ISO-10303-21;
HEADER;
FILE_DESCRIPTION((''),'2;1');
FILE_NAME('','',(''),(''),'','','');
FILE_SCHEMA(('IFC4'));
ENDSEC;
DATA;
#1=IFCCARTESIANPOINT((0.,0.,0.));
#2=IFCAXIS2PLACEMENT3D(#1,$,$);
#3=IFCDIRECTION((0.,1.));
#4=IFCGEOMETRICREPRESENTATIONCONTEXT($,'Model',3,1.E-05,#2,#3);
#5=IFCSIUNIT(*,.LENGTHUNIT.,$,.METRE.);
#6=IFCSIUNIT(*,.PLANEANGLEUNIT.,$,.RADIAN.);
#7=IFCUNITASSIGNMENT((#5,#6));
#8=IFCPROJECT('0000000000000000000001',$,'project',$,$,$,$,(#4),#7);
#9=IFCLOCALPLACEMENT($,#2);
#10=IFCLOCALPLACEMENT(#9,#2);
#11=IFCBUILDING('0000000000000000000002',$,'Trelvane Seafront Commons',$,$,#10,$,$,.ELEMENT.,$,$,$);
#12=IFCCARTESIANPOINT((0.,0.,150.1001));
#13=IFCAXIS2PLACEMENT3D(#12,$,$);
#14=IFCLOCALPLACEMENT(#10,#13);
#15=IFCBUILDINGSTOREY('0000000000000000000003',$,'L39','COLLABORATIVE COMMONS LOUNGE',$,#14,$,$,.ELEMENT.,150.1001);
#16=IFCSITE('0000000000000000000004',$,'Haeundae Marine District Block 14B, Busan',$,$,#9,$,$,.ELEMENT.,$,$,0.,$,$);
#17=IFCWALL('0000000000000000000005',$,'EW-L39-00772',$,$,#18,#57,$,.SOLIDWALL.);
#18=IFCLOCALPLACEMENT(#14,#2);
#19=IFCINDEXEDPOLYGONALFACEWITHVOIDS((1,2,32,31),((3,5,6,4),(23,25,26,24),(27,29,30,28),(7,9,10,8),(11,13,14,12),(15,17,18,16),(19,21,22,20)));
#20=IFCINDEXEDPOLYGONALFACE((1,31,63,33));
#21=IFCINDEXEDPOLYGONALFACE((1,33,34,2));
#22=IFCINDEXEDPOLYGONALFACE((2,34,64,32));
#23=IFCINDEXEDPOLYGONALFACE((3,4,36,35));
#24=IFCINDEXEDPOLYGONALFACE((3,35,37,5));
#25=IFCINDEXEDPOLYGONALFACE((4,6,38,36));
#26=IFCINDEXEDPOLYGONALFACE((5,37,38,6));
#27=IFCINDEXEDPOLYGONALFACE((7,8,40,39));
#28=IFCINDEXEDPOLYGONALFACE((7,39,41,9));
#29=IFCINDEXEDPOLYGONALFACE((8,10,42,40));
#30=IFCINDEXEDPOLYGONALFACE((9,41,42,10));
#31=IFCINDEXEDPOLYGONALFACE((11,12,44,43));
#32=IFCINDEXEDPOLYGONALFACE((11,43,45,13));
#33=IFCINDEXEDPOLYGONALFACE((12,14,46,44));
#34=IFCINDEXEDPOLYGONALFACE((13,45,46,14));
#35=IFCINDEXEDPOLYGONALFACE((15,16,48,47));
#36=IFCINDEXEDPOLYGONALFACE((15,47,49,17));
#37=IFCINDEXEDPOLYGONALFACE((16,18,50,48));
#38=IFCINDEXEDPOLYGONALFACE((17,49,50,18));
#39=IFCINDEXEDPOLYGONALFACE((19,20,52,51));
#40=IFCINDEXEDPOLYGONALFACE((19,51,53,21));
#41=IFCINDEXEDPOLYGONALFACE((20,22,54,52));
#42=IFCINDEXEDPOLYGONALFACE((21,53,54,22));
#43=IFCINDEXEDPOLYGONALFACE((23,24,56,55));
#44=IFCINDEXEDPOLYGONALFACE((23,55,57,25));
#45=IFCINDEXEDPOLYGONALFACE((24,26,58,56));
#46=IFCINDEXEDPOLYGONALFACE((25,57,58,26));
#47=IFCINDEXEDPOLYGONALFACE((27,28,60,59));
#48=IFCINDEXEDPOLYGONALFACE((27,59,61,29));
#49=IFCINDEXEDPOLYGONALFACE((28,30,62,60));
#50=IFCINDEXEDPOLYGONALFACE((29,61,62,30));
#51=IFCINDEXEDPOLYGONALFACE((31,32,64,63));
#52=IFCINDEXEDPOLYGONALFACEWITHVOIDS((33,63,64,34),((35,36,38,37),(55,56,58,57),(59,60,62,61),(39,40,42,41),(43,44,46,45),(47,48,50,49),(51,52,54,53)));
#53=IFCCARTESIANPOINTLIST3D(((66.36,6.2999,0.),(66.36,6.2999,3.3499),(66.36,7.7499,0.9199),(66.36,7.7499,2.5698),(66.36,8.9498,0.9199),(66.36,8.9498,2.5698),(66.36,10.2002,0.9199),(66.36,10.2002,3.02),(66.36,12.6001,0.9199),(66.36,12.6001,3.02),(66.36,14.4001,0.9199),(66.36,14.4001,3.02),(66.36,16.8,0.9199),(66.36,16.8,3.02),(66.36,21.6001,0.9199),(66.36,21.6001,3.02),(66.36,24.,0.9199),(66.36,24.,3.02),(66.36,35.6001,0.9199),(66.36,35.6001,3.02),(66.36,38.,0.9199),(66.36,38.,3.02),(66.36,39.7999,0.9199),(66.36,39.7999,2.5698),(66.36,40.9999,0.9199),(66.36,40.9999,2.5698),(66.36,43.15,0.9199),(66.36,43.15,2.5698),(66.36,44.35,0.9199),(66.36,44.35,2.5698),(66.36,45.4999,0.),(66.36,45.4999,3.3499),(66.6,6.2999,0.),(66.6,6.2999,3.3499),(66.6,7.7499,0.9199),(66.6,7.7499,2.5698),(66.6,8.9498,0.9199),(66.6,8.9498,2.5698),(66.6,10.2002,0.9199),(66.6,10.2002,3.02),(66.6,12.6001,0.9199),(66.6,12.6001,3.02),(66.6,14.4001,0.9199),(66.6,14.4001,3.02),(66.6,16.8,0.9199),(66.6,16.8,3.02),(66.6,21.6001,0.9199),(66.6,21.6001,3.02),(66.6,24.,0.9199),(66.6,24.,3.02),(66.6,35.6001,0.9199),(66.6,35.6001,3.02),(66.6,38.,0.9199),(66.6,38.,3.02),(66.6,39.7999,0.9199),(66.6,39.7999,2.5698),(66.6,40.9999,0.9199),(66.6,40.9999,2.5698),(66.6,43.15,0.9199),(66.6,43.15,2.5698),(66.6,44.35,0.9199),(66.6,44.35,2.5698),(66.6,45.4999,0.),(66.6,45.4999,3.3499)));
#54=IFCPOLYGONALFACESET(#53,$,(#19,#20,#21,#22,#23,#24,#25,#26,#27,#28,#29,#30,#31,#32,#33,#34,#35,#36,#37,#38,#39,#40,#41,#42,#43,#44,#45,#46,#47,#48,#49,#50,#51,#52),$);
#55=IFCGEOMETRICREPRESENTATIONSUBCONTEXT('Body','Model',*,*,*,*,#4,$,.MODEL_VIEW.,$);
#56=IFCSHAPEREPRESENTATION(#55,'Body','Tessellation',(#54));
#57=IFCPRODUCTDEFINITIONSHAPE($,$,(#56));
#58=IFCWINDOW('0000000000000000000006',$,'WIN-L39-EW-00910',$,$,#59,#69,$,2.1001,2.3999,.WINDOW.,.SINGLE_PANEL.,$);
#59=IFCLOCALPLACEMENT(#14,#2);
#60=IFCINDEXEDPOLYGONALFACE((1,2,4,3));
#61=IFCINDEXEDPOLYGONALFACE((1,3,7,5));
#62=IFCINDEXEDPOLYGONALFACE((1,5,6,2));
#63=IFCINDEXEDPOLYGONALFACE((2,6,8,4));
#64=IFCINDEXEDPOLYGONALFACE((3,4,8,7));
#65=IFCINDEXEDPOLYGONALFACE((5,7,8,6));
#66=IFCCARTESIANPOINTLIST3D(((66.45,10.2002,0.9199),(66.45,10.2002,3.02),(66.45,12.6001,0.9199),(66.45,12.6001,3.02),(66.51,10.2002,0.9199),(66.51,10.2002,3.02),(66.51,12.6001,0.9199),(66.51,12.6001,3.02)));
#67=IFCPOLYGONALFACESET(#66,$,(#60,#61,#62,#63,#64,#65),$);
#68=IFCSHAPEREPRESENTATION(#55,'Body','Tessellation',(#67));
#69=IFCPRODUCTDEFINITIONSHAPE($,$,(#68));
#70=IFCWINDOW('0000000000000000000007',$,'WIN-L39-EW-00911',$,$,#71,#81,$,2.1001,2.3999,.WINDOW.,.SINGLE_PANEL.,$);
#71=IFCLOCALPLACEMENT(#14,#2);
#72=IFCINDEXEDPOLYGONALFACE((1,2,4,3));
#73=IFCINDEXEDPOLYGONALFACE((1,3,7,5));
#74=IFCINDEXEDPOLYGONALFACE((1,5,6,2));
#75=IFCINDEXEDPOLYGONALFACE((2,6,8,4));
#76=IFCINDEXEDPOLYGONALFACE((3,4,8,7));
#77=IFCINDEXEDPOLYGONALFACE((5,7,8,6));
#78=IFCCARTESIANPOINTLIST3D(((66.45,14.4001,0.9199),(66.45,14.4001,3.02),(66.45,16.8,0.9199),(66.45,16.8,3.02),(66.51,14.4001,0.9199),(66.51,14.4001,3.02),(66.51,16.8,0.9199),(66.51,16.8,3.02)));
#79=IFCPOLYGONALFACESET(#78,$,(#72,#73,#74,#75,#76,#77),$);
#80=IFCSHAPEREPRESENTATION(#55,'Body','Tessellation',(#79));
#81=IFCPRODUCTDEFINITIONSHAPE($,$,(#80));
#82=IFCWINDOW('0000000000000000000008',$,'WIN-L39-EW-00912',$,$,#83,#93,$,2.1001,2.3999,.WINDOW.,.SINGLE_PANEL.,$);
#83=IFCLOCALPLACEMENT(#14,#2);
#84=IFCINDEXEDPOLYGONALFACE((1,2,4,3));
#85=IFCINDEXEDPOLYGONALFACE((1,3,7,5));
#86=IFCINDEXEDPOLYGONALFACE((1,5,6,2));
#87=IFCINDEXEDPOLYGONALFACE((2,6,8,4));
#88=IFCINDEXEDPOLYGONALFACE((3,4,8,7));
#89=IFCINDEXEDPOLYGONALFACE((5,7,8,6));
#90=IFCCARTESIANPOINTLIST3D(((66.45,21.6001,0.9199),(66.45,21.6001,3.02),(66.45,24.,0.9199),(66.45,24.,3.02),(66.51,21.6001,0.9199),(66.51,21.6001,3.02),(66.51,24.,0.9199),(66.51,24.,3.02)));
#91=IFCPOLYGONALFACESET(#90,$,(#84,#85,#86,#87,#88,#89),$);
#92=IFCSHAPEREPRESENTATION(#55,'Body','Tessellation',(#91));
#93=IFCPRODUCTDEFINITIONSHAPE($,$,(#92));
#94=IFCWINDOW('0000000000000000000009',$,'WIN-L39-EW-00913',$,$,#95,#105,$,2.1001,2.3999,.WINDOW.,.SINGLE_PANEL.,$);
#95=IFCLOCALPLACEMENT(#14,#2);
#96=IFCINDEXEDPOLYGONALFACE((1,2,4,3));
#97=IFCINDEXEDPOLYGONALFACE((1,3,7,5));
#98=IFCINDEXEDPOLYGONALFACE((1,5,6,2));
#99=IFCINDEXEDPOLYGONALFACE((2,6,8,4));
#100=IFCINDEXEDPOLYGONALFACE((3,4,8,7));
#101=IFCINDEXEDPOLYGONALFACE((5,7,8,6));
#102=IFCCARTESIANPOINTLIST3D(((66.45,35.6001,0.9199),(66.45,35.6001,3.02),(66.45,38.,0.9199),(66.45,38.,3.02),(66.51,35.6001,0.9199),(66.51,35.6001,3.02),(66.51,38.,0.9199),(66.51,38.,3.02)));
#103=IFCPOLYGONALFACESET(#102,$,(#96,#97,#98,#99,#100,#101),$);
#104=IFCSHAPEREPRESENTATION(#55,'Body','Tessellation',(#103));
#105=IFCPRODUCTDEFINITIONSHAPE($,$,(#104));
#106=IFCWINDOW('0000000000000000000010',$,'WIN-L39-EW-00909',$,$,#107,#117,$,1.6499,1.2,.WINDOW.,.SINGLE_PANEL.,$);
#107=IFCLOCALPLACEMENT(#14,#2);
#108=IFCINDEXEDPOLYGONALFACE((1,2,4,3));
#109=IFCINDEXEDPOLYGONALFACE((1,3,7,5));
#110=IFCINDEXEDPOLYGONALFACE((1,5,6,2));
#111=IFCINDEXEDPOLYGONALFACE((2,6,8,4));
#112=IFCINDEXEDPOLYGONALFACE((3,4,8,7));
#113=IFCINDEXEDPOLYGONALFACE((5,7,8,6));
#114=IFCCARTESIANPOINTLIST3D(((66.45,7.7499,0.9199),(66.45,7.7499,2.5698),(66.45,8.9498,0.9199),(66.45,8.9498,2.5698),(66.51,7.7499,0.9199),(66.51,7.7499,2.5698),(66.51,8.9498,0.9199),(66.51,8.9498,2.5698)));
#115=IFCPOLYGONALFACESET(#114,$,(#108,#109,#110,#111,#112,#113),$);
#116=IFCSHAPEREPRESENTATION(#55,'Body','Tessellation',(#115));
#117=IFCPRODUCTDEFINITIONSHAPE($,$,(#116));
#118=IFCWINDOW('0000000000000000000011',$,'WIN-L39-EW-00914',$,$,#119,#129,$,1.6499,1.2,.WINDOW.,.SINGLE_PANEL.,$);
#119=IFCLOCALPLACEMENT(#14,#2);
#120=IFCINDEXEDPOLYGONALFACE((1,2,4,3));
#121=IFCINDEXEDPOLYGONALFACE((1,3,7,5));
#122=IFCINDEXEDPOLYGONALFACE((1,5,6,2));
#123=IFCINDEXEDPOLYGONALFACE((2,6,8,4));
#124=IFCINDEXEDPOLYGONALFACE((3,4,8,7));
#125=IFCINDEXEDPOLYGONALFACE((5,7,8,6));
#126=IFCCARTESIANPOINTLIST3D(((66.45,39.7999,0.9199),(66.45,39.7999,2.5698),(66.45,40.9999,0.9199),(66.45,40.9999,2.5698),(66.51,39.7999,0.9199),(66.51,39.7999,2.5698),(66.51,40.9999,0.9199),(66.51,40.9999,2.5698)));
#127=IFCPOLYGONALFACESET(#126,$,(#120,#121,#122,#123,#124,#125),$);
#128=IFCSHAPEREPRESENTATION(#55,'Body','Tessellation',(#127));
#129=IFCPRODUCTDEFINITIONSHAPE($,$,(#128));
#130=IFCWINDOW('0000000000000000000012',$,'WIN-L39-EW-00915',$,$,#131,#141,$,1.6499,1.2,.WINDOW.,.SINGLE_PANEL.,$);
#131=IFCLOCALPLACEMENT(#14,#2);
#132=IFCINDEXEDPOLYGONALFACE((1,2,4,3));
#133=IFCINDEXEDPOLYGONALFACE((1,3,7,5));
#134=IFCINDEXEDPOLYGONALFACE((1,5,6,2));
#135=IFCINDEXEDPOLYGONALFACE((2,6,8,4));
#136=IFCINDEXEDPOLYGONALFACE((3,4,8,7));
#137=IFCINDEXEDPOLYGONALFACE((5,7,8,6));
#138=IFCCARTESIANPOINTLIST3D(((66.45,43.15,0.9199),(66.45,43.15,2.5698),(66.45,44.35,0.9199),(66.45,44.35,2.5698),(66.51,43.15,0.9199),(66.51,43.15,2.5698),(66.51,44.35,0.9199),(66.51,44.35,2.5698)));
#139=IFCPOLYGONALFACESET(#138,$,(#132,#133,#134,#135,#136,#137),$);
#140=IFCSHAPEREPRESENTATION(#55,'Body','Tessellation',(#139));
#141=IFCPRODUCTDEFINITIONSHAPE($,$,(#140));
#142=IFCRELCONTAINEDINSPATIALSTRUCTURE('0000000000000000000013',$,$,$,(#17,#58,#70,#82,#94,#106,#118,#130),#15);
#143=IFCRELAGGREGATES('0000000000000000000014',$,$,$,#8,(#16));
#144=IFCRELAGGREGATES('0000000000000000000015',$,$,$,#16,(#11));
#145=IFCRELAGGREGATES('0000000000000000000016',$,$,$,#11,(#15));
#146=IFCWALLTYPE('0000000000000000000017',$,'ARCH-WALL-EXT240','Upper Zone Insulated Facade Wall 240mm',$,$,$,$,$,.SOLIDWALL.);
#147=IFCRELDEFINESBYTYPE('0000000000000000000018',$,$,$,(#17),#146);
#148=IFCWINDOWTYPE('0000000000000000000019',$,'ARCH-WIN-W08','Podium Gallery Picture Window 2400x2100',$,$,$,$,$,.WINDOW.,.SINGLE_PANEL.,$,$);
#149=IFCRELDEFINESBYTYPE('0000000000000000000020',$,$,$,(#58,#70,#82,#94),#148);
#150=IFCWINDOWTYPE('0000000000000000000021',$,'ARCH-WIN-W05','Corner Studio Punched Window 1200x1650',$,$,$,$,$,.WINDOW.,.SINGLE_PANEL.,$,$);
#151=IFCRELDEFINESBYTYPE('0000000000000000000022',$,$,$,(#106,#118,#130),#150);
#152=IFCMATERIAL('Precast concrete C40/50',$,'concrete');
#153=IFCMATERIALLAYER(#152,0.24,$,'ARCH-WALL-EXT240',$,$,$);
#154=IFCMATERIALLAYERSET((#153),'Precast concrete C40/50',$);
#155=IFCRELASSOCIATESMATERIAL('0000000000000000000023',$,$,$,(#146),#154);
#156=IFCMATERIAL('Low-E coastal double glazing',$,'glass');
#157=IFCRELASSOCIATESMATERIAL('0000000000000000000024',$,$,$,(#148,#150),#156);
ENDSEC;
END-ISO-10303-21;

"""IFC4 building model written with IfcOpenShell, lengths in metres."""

from ifc_helpers import new_model, si_unit, direction, frame, frame_2d, origin, place, context, subcontext, project, spatial, rectangle, extrude, source, transform, mapped, material, layer, layer_set, type_object, element, fill, save


model = new_model("IFC4")

# Units and contexts
model_context = context("Model", 3, precision=1e-05, world=origin(), true_north=direction((0.0, 1.0)))
body_context = subcontext(model_context, "Body", "Model", "MODEL_VIEW")
ifc_project = project(units=[si_unit("LENGTHUNIT", "METRE"), si_unit("PLANEANGLEUNIT", "RADIAN")], contexts=[model_context])

# Site, building, storey
site_placement = place(None, origin())
site = spatial("IfcSite", under=ifc_project, at=site_placement, Name="Haeundae Marine District Block 14B, Busan", CompositionType="ELEMENT", RefElevation=0.0)
building_placement = place(site_placement, origin())
building = spatial("IfcBuilding", under=site, at=building_placement, Name="Trelvane Seafront Commons", CompositionType="ELEMENT")
storey_placement = place(building_placement, frame((0.0, 0.0, 150.1001)))
storey = spatial("IfcBuildingStorey", under=building, at=storey_placement, Name="L39", Description="COLLABORATIVE COMMONS LOUNGE", CompositionType="ELEMENT", Elevation=150.1001)

# Shared definitions
ifc_material_1 = material(Name="Low-E coastal double glazing", Category="glass")

# Shared definitions
ifc_material_2 = material(Name="Precast concrete C40/50", Category="concrete")
ifc_layer_1 = layer(ifc_material_2, 0.24, Name="ARCH-WALL-EXT240")
ifc_layer_set_1 = layer_set([ifc_layer_1], Name="Precast concrete C40/50")
wall_type_1 = type_object("IfcWallType", Name="ARCH-WALL-EXT240", Description="Upper Zone Insulated Facade Wall 240mm", PredefinedType="SOLIDWALL", material=ifc_layer_set_1)

# Wall, openings, windows
wall_1_placement = place(storey_placement, frame((66.48, 45.5, 0.0), z_axis=(0.0, 0.0, 1.0), x_axis=(0.0, -1.0, 0.0)))
wall_1 = element("IfcWall", 1, at=wall_1_placement, inside=storey, type_object=wall_type_1, Name="EW-L39-00772", PredefinedType="SOLIDWALL", context=body_context, shape_type="SweptSolid", body=[
    extrude(rectangle(XDim=39.2, YDim=0.24, at=frame_2d((19.6001, 0.0))), origin(), (0.0, 0.0, 1.0), 3.3499),
])
opening_1_placement = place(wall_1_placement, frame((36.55, 0.0, 0.9199)))
opening_1 = element("IfcOpeningElement", 2, at=opening_1_placement, cuts=wall_1, PredefinedType="OPENING", context=body_context, shape_type="SweptSolid", body=[
    extrude(rectangle(XDim=1.2, YDim=1.6499, at=frame_2d((0.6001, 0.825))), frame((0.0, 0.1299, 0.0), z_axis=(0.0, -1.0, 0.0), x_axis=(1.0, 0.0, 0.0)), (0.0, 0.0, 1.0), 0.26),
])
opening_2_placement = place(wall_1_placement, frame((32.8999, 0.0, 0.9199)))
opening_2 = element("IfcOpeningElement", 3, at=opening_2_placement, cuts=wall_1, PredefinedType="OPENING", context=body_context, shape_type="SweptSolid", body=[
    extrude(rectangle(XDim=2.3999, YDim=2.1001, at=frame_2d((1.2, 1.05))), frame((0.0, 0.1299, 0.0), z_axis=(0.0, -1.0, 0.0), x_axis=(1.0, 0.0, 0.0)), (0.0, 0.0, 1.0), 0.26),
])
opening_3_placement = place(wall_1_placement, frame((28.7, 0.0, 0.9199)))
opening_3 = element("IfcOpeningElement", 4, at=opening_3_placement, cuts=wall_1, PredefinedType="OPENING", context=body_context, shape_type="SweptSolid", body=[
    extrude(rectangle(XDim=2.3999, YDim=2.1001, at=frame_2d((1.2, 1.05))), frame((0.0, 0.1299, 0.0), z_axis=(0.0, -1.0, 0.0), x_axis=(1.0, 0.0, 0.0)), (0.0, 0.0, 1.0), 0.26),
])
opening_4_placement = place(wall_1_placement, frame((21.5, 0.0, 0.9199)))
opening_4 = element("IfcOpeningElement", 5, at=opening_4_placement, cuts=wall_1, PredefinedType="OPENING", context=body_context, shape_type="SweptSolid", body=[
    extrude(rectangle(XDim=2.3999, YDim=2.1001, at=frame_2d((1.2, 1.05))), frame((0.0, 0.1299, 0.0), z_axis=(0.0, -1.0, 0.0), x_axis=(1.0, 0.0, 0.0)), (0.0, 0.0, 1.0), 0.26),
])
opening_5_placement = place(wall_1_placement, frame((7.5, 0.0, 0.9199)))
opening_5 = element("IfcOpeningElement", 6, at=opening_5_placement, cuts=wall_1, PredefinedType="OPENING", context=body_context, shape_type="SweptSolid", body=[
    extrude(rectangle(XDim=2.3999, YDim=2.1001, at=frame_2d((1.2, 1.05))), frame((0.0, 0.1299, 0.0), z_axis=(0.0, -1.0, 0.0), x_axis=(1.0, 0.0, 0.0)), (0.0, 0.0, 1.0), 0.26),
])
opening_6_placement = place(wall_1_placement, frame((4.5, 0.0, 0.9199)))
opening_6 = element("IfcOpeningElement", 7, at=opening_6_placement, cuts=wall_1, PredefinedType="OPENING", context=body_context, shape_type="SweptSolid", body=[
    extrude(rectangle(XDim=1.2, YDim=1.6499, at=frame_2d((0.6001, 0.825))), frame((0.0, 0.1299, 0.0), z_axis=(0.0, -1.0, 0.0), x_axis=(1.0, 0.0, 0.0)), (0.0, 0.0, 1.0), 0.26),
])
opening_7_placement = place(wall_1_placement, frame((1.1499, 0.0, 0.9199)))
opening_7 = element("IfcOpeningElement", 8, at=opening_7_placement, cuts=wall_1, PredefinedType="OPENING", context=body_context, shape_type="SweptSolid", body=[
    extrude(rectangle(XDim=1.2, YDim=1.6499, at=frame_2d((0.6001, 0.825))), frame((0.0, 0.1299, 0.0), z_axis=(0.0, -1.0, 0.0), x_axis=(1.0, 0.0, 0.0)), (0.0, 0.0, 1.0), 0.26),
])
window_type_1 = type_object("IfcWindowType", Name="ARCH-WIN-W08", Description="Podium Gallery Picture Window 2400x2100", PartitioningType="SINGLE_PANEL", PredefinedType="WINDOW", material=ifc_material_1)
shared_shape_1 = source(origin(), body_context, "Body", "SweptSolid", [
    extrude(rectangle(XDim=2.3999, YDim=2.1001, at=frame_2d((1.2, 1.05))), frame((0.0, 0.03, 0.0), z_axis=(0.0, -1.0, 0.0), x_axis=(1.0, 0.0, 0.0)), (0.0, 0.0, 1.0), 0.0601),
])
window_1_placement = place(opening_2_placement, origin())
window_1 = element("IfcWindow", 9, at=window_1_placement, inside=storey, type_object=window_type_1, Name="WIN-L39-EW-00910", OverallHeight=2.1001, OverallWidth=2.3999, PartitioningType="SINGLE_PANEL", PredefinedType="WINDOW", context=body_context, shape_type="MappedRepresentation", body=[
    mapped(shared_shape_1, transform((0.0, 0.0, 0.0), x_axis=(1.0, 0.0, 0.0), y_axis=(0.0, 1.0, 0.0), z_axis=(0.0, 0.0, 1.0), scale=1.0)),
])
fill(opening_2, window_1)
window_2_placement = place(opening_3_placement, origin())
window_2 = element("IfcWindow", 10, at=window_2_placement, inside=storey, type_object=window_type_1, Name="WIN-L39-EW-00911", OverallHeight=2.1001, OverallWidth=2.3999, PartitioningType="SINGLE_PANEL", PredefinedType="WINDOW", context=body_context, shape_type="MappedRepresentation", body=[
    mapped(shared_shape_1, transform((0.0, 0.0, 0.0), x_axis=(1.0, 0.0, 0.0), y_axis=(0.0, 1.0, 0.0), z_axis=(0.0, 0.0, 1.0), scale=1.0)),
])
fill(opening_3, window_2)
window_3_placement = place(opening_4_placement, origin())
window_3 = element("IfcWindow", 11, at=window_3_placement, inside=storey, type_object=window_type_1, Name="WIN-L39-EW-00912", OverallHeight=2.1001, OverallWidth=2.3999, PartitioningType="SINGLE_PANEL", PredefinedType="WINDOW", context=body_context, shape_type="MappedRepresentation", body=[
    mapped(shared_shape_1, transform((0.0, 0.0, 0.0), x_axis=(1.0, 0.0, 0.0), y_axis=(0.0, 1.0, 0.0), z_axis=(0.0, 0.0, 1.0), scale=1.0)),
])
fill(opening_4, window_3)
window_4_placement = place(opening_5_placement, origin())
window_4 = element("IfcWindow", 12, at=window_4_placement, inside=storey, type_object=window_type_1, Name="WIN-L39-EW-00913", OverallHeight=2.1001, OverallWidth=2.3999, PartitioningType="SINGLE_PANEL", PredefinedType="WINDOW", context=body_context, shape_type="MappedRepresentation", body=[
    mapped(shared_shape_1, transform((0.0, 0.0, 0.0), x_axis=(1.0, 0.0, 0.0), y_axis=(0.0, 1.0, 0.0), z_axis=(0.0, 0.0, 1.0), scale=1.0)),
])
fill(opening_5, window_4)
window_type_2 = type_object("IfcWindowType", Name="ARCH-WIN-W05", Description="Corner Studio Punched Window 1200x1650", PartitioningType="SINGLE_PANEL", PredefinedType="WINDOW", material=ifc_material_1)
shared_shape_2 = source(origin(), body_context, "Body", "SweptSolid", [
    extrude(rectangle(XDim=1.2, YDim=1.6499, at=frame_2d((0.6001, 0.825))), frame((0.0, 0.03, 0.0), z_axis=(0.0, -1.0, 0.0), x_axis=(1.0, 0.0, 0.0)), (0.0, 0.0, 1.0), 0.0601),
])
window_5_placement = place(opening_1_placement, origin())
window_5 = element("IfcWindow", 13, at=window_5_placement, inside=storey, type_object=window_type_2, Name="WIN-L39-EW-00909", OverallHeight=1.6499, OverallWidth=1.2, PartitioningType="SINGLE_PANEL", PredefinedType="WINDOW", context=body_context, shape_type="MappedRepresentation", body=[
    mapped(shared_shape_2, transform((0.0, 0.0, 0.0), x_axis=(1.0, 0.0, 0.0), y_axis=(0.0, 1.0, 0.0), z_axis=(0.0, 0.0, 1.0), scale=1.0)),
])
fill(opening_1, window_5)
window_6_placement = place(opening_6_placement, origin())
window_6 = element("IfcWindow", 14, at=window_6_placement, inside=storey, type_object=window_type_2, Name="WIN-L39-EW-00914", OverallHeight=1.6499, OverallWidth=1.2, PartitioningType="SINGLE_PANEL", PredefinedType="WINDOW", context=body_context, shape_type="MappedRepresentation", body=[
    mapped(shared_shape_2, transform((0.0, 0.0, 0.0), x_axis=(1.0, 0.0, 0.0), y_axis=(0.0, 1.0, 0.0), z_axis=(0.0, 0.0, 1.0), scale=1.0)),
])
fill(opening_6, window_6)
window_7_placement = place(opening_7_placement, origin())
window_7 = element("IfcWindow", 15, at=window_7_placement, inside=storey, type_object=window_type_2, Name="WIN-L39-EW-00915", OverallHeight=1.6499, OverallWidth=1.2, PartitioningType="SINGLE_PANEL", PredefinedType="WINDOW", context=body_context, shape_type="MappedRepresentation", body=[
    mapped(shared_shape_2, transform((0.0, 0.0, 0.0), x_axis=(1.0, 0.0, 0.0), y_axis=(0.0, 1.0, 0.0), z_axis=(0.0, 0.0, 1.0), scale=1.0)),
])
fill(opening_7, window_7)

save(model, "model.ifc")
